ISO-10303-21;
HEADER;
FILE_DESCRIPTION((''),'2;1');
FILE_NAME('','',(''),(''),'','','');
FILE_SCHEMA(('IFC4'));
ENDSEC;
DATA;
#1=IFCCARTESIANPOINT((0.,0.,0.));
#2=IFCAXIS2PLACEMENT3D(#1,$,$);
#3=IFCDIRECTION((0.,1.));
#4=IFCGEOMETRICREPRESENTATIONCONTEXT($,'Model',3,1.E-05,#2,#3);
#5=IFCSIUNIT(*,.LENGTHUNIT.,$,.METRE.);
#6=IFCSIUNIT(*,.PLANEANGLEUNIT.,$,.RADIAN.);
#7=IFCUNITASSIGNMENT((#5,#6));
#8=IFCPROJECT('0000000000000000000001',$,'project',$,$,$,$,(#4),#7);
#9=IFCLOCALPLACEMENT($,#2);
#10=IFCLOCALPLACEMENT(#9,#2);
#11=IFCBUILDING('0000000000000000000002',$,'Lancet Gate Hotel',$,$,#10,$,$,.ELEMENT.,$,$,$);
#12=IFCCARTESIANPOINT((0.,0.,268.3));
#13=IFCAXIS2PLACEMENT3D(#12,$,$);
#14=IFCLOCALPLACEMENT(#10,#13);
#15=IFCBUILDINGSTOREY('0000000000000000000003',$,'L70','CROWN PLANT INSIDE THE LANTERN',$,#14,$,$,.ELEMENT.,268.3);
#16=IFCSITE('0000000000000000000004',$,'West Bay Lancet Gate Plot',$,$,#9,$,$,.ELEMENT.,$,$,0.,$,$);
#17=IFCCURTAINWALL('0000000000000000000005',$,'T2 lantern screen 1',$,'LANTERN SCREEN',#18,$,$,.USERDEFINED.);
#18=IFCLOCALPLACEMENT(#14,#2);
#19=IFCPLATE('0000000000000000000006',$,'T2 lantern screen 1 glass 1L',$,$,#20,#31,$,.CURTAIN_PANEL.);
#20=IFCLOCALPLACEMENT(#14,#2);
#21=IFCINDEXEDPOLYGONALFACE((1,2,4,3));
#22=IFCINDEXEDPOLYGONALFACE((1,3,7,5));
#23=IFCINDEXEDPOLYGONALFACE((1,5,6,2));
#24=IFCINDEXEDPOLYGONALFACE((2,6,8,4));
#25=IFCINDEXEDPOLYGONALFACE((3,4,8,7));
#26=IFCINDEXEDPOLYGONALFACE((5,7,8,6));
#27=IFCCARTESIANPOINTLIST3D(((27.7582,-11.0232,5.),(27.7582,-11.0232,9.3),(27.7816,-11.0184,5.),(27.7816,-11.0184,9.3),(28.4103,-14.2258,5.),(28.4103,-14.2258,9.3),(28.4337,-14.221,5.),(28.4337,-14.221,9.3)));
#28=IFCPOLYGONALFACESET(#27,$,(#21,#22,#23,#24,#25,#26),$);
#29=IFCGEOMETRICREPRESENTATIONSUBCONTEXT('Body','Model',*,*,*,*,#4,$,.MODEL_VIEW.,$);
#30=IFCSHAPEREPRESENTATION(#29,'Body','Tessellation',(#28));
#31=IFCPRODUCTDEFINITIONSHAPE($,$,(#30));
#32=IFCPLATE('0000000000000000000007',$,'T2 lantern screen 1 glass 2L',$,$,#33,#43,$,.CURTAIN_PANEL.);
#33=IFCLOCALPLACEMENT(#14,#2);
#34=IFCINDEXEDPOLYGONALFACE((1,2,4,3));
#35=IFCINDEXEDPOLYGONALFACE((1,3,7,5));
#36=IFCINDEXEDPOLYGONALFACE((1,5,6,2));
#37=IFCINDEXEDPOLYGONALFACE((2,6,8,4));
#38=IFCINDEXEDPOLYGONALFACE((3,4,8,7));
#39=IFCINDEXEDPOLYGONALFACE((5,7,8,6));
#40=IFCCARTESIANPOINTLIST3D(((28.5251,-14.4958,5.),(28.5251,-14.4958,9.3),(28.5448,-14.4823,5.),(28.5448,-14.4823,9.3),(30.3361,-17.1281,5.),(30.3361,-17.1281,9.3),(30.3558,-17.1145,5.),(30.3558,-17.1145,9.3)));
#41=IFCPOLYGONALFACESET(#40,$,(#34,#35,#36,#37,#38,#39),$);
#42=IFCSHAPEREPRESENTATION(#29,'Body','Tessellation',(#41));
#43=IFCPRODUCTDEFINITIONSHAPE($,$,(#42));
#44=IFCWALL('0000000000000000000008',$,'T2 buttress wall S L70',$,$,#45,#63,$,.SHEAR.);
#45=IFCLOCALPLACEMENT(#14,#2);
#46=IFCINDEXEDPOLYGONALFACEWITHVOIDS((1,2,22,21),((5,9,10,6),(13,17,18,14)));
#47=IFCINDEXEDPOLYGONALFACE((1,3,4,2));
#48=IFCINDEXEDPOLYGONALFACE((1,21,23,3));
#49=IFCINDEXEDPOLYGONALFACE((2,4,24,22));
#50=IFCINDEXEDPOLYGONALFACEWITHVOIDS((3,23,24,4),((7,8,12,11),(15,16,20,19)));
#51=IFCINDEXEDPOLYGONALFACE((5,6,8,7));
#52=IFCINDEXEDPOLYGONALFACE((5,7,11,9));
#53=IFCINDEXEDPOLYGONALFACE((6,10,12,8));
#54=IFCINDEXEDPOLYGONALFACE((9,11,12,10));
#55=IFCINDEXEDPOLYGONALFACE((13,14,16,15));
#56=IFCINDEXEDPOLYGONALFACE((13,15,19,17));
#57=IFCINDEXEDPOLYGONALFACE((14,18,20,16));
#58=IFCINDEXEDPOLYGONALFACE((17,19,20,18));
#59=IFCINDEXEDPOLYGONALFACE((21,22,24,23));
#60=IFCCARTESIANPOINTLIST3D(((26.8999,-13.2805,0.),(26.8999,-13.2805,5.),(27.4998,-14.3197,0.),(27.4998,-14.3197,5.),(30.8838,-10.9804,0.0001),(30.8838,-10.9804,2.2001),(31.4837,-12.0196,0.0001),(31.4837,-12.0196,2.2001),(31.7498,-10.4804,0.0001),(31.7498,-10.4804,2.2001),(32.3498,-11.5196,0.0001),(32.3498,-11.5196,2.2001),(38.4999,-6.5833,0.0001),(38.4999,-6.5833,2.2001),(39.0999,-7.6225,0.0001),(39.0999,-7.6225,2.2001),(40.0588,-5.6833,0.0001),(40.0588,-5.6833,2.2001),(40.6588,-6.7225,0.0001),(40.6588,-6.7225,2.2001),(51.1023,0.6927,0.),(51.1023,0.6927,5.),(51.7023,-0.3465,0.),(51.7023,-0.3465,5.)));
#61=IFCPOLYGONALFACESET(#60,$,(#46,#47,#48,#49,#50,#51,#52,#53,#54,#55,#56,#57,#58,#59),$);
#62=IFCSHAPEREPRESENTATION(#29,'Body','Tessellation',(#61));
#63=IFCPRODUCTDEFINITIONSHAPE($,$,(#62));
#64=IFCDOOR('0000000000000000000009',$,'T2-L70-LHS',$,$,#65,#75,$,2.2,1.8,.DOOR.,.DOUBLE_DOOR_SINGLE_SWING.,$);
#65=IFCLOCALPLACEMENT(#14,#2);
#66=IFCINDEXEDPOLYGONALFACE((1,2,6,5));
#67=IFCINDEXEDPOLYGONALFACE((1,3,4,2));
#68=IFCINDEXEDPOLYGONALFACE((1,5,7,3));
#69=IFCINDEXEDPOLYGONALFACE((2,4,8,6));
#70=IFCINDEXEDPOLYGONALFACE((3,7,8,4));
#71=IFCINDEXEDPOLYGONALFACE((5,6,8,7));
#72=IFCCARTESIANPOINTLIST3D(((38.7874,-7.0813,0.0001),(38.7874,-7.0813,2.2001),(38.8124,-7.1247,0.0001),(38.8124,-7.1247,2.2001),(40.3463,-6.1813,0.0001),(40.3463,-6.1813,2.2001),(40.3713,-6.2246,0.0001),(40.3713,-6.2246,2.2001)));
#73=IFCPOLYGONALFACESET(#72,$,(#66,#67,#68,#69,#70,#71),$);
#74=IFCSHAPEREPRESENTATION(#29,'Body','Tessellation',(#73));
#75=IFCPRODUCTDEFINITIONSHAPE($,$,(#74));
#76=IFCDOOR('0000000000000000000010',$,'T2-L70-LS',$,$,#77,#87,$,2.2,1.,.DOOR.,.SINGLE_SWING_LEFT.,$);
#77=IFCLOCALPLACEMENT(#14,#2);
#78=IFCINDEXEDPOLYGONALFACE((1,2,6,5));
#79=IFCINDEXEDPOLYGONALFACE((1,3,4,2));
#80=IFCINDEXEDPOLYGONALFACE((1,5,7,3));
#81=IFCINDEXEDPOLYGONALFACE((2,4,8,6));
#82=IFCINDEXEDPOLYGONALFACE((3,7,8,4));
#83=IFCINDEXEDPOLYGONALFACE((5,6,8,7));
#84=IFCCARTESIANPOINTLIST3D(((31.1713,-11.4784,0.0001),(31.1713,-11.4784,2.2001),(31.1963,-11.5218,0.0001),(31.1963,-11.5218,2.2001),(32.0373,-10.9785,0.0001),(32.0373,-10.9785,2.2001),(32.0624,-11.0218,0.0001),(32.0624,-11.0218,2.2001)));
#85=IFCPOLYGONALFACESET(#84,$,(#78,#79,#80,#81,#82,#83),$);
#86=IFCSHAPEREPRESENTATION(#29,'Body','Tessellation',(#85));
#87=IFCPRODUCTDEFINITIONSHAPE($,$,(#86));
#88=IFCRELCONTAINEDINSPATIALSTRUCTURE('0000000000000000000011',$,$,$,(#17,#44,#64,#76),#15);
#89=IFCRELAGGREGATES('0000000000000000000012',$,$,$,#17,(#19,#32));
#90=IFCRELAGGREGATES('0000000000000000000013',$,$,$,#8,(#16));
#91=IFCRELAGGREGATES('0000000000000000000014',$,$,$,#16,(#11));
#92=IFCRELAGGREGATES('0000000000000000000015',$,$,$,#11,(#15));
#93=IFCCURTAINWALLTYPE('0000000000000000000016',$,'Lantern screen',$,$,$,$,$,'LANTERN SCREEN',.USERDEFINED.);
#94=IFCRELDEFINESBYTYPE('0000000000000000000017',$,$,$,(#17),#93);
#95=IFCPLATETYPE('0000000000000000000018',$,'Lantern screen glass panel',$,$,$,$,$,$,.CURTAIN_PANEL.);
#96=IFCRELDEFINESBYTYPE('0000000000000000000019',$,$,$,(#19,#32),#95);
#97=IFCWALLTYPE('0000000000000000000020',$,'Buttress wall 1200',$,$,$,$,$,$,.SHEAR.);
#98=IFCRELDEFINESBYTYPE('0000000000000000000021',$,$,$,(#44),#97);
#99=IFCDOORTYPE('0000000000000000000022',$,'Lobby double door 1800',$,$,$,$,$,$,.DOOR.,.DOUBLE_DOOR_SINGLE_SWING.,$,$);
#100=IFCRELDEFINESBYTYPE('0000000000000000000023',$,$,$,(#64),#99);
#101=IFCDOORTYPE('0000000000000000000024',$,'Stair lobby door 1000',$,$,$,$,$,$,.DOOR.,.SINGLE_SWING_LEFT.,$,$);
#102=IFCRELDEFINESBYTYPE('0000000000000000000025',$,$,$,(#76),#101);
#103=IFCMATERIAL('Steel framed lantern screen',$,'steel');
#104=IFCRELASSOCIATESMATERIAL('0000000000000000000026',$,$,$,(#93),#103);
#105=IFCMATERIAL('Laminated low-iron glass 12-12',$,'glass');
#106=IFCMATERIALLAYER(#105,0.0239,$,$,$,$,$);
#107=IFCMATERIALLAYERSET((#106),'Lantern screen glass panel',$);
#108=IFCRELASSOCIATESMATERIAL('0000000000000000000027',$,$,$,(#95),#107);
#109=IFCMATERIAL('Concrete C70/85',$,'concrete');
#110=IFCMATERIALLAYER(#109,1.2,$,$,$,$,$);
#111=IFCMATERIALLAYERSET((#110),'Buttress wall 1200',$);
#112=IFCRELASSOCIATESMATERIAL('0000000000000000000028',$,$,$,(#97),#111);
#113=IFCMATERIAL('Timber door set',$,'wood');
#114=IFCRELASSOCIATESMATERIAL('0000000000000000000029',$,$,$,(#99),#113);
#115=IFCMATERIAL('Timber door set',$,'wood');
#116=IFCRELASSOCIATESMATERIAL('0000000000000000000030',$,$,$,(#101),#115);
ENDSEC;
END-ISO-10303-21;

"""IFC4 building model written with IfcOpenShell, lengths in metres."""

from ifc_helpers import new_model, si_unit, direction, frame, frame_2d, origin, origin_2d, place, context, subcontext, project, spatial, rectangle, extrude, material, layer, layer_set, type_object, element, fill, aggregate, save


model = new_model("IFC4")

# Units and contexts
model_context = context("Model", 3, precision=1e-05, world=origin(), true_north=direction((0.0, 1.0)))
body_context = subcontext(model_context, "Body", "Model", "MODEL_VIEW")
ifc_project = project(units=[si_unit("LENGTHUNIT", "METRE"), si_unit("PLANEANGLEUNIT", "RADIAN")], contexts=[model_context])

# Site, building, storey
site_placement = place(None, origin())
site = spatial("IfcSite", under=ifc_project, at=site_placement, Name="West Bay Lancet Gate Plot", CompositionType="ELEMENT", RefElevation=0.0)
building_placement = place(site_placement, origin())
building = spatial("IfcBuilding", under=site, at=building_placement, Name="Lancet Gate Hotel", CompositionType="ELEMENT")
storey_placement = place(building_placement, frame((0.0, 0.0, 268.3)))
storey = spatial("IfcBuildingStorey", under=building, at=storey_placement, Name="L70", Description="CROWN PLANT INSIDE THE LANTERN", CompositionType="ELEMENT", Elevation=268.3)

# Curtain wall
ifc_material_1 = material(Name="Steel framed lantern screen", Category="steel")
curtain_wall_type_1 = type_object("IfcCurtainWallType", Name="Lantern screen", ElementType="LANTERN SCREEN", PredefinedType="USERDEFINED", material=ifc_material_1)
curtain_wall_1_placement = place(storey_placement, origin())
curtain_wall_1 = element("IfcCurtainWall", 1, at=curtain_wall_1_placement, inside=storey, type_object=curtain_wall_type_1, Name="T2 lantern screen 1", ObjectType="LANTERN SCREEN", PredefinedType="USERDEFINED")

# Plates
ifc_material_2 = material(Name="Laminated low-iron glass 12-12", Category="glass")
ifc_layer_1 = layer(ifc_material_2, 0.0239)
ifc_layer_set_1 = layer_set([ifc_layer_1], Name="Lantern screen glass panel")
plate_type_1 = type_object("IfcPlateType", Name="Lantern screen glass panel", PredefinedType="CURTAIN_PANEL", material=ifc_layer_set_1)
plate_1_placement = place(storey_placement, frame((28.0959, -12.6221, 5.0), z_axis=(0.0, 0.0, 1.0), x_axis=(0.199533, -0.979891, 0.0)))
plate_1 = element("IfcPlate", 2, at=plate_1_placement, type_object=plate_type_1, Name="T2 lantern screen 1 glass 1L", PredefinedType="CURTAIN_PANEL", context=body_context, shape_type="SweptSolid", body=[
    extrude(rectangle(XDim=3.2683, YDim=0.0239, at=origin_2d()), origin(), (0.0, 0.0, 1.0), 4.3),
])
plate_2_placement = place(storey_placement, frame((29.4404, -15.8052, 5.0), z_axis=(0.0, 0.0, 1.0), x_axis=(0.566824, -0.823839, 0.0)))
plate_2 = element("IfcPlate", 3, at=plate_2_placement, type_object=plate_type_1, Name="T2 lantern screen 1 glass 2L", PredefinedType="CURTAIN_PANEL", context=body_context, shape_type="SweptSolid", body=[
    extrude(rectangle(XDim=3.1951, YDim=0.0239, at=origin_2d()), origin(), (0.0, 0.0, 1.0), 4.3),
])
aggregate(curtain_wall_1, [plate_1, plate_2])

# Wall, openings, doors
ifc_material_3 = material(Name="Concrete C70/85", Category="concrete")
ifc_layer_2 = layer(ifc_material_3, 1.2)
ifc_layer_set_2 = layer_set([ifc_layer_2], Name="Buttress wall 1200")
wall_type_1 = type_object("IfcWallType", Name="Buttress wall 1200", PredefinedType="SHEAR", material=ifc_layer_set_2)
wall_1_placement = place(storey_placement, frame((27.2, -13.8, 0.0), z_axis=(0.0, 0.0, 1.0), x_axis=(0.866027, 0.499997, 0.0)))
wall_1 = element("IfcWall", 4, at=wall_1_placement, inside=storey, type_object=wall_type_1, Name="T2 buttress wall S L70", PredefinedType="SHEAR", context=body_context, shape_type="SweptSolid", body=[
    extrude(rectangle(XDim=27.9465, YDim=1.2, at=frame_2d((13.9731, 0.0))), origin(), (0.0, 0.0, 1.0), 5.0),
])
opening_1_placement = place(wall_1_placement, frame((4.6001, 0.0, 0.0)))
opening_1 = element("IfcOpeningElement", 5, at=opening_1_placement, cuts=wall_1, PredefinedType="OPENING", context=body_context, shape_type="SweptSolid", body=[
    extrude(rectangle(XDim=1.0, YDim=2.2, at=frame_2d((0.5, 1.1001))), frame((0.0, 0.6099, 0.0), z_axis=(0.0, -1.0, 0.0), x_axis=(1.0, 0.0, 0.0)), (0.0, 0.0, 1.0), 1.22),
])
opening_2_placement = place(wall_1_placement, frame((13.3945, 0.0, 0.0)))
opening_2 = element("IfcOpeningElement", 6, at=opening_2_placement, cuts=wall_1, PredefinedType="OPENING", context=body_context, shape_type="SweptSolid", body=[
    extrude(rectangle(XDim=1.8, YDim=2.2, at=frame_2d((0.8999, 1.1001))), frame((0.0, 0.6099, 0.0), z_axis=(0.0, -1.0, 0.0), x_axis=(1.0, 0.0, 0.0)), (0.0, 0.0, 1.0), 1.22),
])
ifc_material_4 = material(Name="Timber door set", Category="wood")
door_type_1 = type_object("IfcDoorType", Name="Lobby double door 1800", OperationType="DOUBLE_DOOR_SINGLE_SWING", PredefinedType="DOOR", material=ifc_material_4)
door_1_placement = place(opening_2_placement, origin())
door_1 = element("IfcDoor", 7, at=door_1_placement, inside=storey, type_object=door_type_1, Name="T2-L70-LHS", OperationType="DOUBLE_DOOR_SINGLE_SWING", OverallHeight=2.2, OverallWidth=1.8, PredefinedType="DOOR", context=body_context, shape_type="SweptSolid", body=[
    extrude(rectangle(XDim=1.8, YDim=2.2, at=frame_2d((0.8999, 1.1001))), frame((0.0, 0.0249, 0.0), z_axis=(0.0, -1.0, 0.0), x_axis=(1.0, 0.0, 0.0)), (0.0, 0.0, 1.0), 0.05),
])
fill(opening_2, door_1)
ifc_material_5 = material(Name="Timber door set", Category="wood")
door_type_2 = type_object("IfcDoorType", Name="Stair lobby door 1000", OperationType="SINGLE_SWING_LEFT", PredefinedType="DOOR", material=ifc_material_5)
door_2_placement = place(opening_1_placement, origin())
door_2 = element("IfcDoor", 8, at=door_2_placement, inside=storey, type_object=door_type_2, Name="T2-L70-LS", OperationType="SINGLE_SWING_LEFT", OverallHeight=2.2, OverallWidth=1.0, PredefinedType="DOOR", context=body_context, shape_type="SweptSolid", body=[
    extrude(rectangle(XDim=1.0, YDim=2.2, at=frame_2d((0.5, 1.1001))), frame((0.0, 0.0249, 0.0), z_axis=(0.0, -1.0, 0.0), x_axis=(1.0, 0.0, 0.0)), (0.0, 0.0, 1.0), 0.05),
])
fill(opening_1, door_2)

save(model, "model.ifc")
